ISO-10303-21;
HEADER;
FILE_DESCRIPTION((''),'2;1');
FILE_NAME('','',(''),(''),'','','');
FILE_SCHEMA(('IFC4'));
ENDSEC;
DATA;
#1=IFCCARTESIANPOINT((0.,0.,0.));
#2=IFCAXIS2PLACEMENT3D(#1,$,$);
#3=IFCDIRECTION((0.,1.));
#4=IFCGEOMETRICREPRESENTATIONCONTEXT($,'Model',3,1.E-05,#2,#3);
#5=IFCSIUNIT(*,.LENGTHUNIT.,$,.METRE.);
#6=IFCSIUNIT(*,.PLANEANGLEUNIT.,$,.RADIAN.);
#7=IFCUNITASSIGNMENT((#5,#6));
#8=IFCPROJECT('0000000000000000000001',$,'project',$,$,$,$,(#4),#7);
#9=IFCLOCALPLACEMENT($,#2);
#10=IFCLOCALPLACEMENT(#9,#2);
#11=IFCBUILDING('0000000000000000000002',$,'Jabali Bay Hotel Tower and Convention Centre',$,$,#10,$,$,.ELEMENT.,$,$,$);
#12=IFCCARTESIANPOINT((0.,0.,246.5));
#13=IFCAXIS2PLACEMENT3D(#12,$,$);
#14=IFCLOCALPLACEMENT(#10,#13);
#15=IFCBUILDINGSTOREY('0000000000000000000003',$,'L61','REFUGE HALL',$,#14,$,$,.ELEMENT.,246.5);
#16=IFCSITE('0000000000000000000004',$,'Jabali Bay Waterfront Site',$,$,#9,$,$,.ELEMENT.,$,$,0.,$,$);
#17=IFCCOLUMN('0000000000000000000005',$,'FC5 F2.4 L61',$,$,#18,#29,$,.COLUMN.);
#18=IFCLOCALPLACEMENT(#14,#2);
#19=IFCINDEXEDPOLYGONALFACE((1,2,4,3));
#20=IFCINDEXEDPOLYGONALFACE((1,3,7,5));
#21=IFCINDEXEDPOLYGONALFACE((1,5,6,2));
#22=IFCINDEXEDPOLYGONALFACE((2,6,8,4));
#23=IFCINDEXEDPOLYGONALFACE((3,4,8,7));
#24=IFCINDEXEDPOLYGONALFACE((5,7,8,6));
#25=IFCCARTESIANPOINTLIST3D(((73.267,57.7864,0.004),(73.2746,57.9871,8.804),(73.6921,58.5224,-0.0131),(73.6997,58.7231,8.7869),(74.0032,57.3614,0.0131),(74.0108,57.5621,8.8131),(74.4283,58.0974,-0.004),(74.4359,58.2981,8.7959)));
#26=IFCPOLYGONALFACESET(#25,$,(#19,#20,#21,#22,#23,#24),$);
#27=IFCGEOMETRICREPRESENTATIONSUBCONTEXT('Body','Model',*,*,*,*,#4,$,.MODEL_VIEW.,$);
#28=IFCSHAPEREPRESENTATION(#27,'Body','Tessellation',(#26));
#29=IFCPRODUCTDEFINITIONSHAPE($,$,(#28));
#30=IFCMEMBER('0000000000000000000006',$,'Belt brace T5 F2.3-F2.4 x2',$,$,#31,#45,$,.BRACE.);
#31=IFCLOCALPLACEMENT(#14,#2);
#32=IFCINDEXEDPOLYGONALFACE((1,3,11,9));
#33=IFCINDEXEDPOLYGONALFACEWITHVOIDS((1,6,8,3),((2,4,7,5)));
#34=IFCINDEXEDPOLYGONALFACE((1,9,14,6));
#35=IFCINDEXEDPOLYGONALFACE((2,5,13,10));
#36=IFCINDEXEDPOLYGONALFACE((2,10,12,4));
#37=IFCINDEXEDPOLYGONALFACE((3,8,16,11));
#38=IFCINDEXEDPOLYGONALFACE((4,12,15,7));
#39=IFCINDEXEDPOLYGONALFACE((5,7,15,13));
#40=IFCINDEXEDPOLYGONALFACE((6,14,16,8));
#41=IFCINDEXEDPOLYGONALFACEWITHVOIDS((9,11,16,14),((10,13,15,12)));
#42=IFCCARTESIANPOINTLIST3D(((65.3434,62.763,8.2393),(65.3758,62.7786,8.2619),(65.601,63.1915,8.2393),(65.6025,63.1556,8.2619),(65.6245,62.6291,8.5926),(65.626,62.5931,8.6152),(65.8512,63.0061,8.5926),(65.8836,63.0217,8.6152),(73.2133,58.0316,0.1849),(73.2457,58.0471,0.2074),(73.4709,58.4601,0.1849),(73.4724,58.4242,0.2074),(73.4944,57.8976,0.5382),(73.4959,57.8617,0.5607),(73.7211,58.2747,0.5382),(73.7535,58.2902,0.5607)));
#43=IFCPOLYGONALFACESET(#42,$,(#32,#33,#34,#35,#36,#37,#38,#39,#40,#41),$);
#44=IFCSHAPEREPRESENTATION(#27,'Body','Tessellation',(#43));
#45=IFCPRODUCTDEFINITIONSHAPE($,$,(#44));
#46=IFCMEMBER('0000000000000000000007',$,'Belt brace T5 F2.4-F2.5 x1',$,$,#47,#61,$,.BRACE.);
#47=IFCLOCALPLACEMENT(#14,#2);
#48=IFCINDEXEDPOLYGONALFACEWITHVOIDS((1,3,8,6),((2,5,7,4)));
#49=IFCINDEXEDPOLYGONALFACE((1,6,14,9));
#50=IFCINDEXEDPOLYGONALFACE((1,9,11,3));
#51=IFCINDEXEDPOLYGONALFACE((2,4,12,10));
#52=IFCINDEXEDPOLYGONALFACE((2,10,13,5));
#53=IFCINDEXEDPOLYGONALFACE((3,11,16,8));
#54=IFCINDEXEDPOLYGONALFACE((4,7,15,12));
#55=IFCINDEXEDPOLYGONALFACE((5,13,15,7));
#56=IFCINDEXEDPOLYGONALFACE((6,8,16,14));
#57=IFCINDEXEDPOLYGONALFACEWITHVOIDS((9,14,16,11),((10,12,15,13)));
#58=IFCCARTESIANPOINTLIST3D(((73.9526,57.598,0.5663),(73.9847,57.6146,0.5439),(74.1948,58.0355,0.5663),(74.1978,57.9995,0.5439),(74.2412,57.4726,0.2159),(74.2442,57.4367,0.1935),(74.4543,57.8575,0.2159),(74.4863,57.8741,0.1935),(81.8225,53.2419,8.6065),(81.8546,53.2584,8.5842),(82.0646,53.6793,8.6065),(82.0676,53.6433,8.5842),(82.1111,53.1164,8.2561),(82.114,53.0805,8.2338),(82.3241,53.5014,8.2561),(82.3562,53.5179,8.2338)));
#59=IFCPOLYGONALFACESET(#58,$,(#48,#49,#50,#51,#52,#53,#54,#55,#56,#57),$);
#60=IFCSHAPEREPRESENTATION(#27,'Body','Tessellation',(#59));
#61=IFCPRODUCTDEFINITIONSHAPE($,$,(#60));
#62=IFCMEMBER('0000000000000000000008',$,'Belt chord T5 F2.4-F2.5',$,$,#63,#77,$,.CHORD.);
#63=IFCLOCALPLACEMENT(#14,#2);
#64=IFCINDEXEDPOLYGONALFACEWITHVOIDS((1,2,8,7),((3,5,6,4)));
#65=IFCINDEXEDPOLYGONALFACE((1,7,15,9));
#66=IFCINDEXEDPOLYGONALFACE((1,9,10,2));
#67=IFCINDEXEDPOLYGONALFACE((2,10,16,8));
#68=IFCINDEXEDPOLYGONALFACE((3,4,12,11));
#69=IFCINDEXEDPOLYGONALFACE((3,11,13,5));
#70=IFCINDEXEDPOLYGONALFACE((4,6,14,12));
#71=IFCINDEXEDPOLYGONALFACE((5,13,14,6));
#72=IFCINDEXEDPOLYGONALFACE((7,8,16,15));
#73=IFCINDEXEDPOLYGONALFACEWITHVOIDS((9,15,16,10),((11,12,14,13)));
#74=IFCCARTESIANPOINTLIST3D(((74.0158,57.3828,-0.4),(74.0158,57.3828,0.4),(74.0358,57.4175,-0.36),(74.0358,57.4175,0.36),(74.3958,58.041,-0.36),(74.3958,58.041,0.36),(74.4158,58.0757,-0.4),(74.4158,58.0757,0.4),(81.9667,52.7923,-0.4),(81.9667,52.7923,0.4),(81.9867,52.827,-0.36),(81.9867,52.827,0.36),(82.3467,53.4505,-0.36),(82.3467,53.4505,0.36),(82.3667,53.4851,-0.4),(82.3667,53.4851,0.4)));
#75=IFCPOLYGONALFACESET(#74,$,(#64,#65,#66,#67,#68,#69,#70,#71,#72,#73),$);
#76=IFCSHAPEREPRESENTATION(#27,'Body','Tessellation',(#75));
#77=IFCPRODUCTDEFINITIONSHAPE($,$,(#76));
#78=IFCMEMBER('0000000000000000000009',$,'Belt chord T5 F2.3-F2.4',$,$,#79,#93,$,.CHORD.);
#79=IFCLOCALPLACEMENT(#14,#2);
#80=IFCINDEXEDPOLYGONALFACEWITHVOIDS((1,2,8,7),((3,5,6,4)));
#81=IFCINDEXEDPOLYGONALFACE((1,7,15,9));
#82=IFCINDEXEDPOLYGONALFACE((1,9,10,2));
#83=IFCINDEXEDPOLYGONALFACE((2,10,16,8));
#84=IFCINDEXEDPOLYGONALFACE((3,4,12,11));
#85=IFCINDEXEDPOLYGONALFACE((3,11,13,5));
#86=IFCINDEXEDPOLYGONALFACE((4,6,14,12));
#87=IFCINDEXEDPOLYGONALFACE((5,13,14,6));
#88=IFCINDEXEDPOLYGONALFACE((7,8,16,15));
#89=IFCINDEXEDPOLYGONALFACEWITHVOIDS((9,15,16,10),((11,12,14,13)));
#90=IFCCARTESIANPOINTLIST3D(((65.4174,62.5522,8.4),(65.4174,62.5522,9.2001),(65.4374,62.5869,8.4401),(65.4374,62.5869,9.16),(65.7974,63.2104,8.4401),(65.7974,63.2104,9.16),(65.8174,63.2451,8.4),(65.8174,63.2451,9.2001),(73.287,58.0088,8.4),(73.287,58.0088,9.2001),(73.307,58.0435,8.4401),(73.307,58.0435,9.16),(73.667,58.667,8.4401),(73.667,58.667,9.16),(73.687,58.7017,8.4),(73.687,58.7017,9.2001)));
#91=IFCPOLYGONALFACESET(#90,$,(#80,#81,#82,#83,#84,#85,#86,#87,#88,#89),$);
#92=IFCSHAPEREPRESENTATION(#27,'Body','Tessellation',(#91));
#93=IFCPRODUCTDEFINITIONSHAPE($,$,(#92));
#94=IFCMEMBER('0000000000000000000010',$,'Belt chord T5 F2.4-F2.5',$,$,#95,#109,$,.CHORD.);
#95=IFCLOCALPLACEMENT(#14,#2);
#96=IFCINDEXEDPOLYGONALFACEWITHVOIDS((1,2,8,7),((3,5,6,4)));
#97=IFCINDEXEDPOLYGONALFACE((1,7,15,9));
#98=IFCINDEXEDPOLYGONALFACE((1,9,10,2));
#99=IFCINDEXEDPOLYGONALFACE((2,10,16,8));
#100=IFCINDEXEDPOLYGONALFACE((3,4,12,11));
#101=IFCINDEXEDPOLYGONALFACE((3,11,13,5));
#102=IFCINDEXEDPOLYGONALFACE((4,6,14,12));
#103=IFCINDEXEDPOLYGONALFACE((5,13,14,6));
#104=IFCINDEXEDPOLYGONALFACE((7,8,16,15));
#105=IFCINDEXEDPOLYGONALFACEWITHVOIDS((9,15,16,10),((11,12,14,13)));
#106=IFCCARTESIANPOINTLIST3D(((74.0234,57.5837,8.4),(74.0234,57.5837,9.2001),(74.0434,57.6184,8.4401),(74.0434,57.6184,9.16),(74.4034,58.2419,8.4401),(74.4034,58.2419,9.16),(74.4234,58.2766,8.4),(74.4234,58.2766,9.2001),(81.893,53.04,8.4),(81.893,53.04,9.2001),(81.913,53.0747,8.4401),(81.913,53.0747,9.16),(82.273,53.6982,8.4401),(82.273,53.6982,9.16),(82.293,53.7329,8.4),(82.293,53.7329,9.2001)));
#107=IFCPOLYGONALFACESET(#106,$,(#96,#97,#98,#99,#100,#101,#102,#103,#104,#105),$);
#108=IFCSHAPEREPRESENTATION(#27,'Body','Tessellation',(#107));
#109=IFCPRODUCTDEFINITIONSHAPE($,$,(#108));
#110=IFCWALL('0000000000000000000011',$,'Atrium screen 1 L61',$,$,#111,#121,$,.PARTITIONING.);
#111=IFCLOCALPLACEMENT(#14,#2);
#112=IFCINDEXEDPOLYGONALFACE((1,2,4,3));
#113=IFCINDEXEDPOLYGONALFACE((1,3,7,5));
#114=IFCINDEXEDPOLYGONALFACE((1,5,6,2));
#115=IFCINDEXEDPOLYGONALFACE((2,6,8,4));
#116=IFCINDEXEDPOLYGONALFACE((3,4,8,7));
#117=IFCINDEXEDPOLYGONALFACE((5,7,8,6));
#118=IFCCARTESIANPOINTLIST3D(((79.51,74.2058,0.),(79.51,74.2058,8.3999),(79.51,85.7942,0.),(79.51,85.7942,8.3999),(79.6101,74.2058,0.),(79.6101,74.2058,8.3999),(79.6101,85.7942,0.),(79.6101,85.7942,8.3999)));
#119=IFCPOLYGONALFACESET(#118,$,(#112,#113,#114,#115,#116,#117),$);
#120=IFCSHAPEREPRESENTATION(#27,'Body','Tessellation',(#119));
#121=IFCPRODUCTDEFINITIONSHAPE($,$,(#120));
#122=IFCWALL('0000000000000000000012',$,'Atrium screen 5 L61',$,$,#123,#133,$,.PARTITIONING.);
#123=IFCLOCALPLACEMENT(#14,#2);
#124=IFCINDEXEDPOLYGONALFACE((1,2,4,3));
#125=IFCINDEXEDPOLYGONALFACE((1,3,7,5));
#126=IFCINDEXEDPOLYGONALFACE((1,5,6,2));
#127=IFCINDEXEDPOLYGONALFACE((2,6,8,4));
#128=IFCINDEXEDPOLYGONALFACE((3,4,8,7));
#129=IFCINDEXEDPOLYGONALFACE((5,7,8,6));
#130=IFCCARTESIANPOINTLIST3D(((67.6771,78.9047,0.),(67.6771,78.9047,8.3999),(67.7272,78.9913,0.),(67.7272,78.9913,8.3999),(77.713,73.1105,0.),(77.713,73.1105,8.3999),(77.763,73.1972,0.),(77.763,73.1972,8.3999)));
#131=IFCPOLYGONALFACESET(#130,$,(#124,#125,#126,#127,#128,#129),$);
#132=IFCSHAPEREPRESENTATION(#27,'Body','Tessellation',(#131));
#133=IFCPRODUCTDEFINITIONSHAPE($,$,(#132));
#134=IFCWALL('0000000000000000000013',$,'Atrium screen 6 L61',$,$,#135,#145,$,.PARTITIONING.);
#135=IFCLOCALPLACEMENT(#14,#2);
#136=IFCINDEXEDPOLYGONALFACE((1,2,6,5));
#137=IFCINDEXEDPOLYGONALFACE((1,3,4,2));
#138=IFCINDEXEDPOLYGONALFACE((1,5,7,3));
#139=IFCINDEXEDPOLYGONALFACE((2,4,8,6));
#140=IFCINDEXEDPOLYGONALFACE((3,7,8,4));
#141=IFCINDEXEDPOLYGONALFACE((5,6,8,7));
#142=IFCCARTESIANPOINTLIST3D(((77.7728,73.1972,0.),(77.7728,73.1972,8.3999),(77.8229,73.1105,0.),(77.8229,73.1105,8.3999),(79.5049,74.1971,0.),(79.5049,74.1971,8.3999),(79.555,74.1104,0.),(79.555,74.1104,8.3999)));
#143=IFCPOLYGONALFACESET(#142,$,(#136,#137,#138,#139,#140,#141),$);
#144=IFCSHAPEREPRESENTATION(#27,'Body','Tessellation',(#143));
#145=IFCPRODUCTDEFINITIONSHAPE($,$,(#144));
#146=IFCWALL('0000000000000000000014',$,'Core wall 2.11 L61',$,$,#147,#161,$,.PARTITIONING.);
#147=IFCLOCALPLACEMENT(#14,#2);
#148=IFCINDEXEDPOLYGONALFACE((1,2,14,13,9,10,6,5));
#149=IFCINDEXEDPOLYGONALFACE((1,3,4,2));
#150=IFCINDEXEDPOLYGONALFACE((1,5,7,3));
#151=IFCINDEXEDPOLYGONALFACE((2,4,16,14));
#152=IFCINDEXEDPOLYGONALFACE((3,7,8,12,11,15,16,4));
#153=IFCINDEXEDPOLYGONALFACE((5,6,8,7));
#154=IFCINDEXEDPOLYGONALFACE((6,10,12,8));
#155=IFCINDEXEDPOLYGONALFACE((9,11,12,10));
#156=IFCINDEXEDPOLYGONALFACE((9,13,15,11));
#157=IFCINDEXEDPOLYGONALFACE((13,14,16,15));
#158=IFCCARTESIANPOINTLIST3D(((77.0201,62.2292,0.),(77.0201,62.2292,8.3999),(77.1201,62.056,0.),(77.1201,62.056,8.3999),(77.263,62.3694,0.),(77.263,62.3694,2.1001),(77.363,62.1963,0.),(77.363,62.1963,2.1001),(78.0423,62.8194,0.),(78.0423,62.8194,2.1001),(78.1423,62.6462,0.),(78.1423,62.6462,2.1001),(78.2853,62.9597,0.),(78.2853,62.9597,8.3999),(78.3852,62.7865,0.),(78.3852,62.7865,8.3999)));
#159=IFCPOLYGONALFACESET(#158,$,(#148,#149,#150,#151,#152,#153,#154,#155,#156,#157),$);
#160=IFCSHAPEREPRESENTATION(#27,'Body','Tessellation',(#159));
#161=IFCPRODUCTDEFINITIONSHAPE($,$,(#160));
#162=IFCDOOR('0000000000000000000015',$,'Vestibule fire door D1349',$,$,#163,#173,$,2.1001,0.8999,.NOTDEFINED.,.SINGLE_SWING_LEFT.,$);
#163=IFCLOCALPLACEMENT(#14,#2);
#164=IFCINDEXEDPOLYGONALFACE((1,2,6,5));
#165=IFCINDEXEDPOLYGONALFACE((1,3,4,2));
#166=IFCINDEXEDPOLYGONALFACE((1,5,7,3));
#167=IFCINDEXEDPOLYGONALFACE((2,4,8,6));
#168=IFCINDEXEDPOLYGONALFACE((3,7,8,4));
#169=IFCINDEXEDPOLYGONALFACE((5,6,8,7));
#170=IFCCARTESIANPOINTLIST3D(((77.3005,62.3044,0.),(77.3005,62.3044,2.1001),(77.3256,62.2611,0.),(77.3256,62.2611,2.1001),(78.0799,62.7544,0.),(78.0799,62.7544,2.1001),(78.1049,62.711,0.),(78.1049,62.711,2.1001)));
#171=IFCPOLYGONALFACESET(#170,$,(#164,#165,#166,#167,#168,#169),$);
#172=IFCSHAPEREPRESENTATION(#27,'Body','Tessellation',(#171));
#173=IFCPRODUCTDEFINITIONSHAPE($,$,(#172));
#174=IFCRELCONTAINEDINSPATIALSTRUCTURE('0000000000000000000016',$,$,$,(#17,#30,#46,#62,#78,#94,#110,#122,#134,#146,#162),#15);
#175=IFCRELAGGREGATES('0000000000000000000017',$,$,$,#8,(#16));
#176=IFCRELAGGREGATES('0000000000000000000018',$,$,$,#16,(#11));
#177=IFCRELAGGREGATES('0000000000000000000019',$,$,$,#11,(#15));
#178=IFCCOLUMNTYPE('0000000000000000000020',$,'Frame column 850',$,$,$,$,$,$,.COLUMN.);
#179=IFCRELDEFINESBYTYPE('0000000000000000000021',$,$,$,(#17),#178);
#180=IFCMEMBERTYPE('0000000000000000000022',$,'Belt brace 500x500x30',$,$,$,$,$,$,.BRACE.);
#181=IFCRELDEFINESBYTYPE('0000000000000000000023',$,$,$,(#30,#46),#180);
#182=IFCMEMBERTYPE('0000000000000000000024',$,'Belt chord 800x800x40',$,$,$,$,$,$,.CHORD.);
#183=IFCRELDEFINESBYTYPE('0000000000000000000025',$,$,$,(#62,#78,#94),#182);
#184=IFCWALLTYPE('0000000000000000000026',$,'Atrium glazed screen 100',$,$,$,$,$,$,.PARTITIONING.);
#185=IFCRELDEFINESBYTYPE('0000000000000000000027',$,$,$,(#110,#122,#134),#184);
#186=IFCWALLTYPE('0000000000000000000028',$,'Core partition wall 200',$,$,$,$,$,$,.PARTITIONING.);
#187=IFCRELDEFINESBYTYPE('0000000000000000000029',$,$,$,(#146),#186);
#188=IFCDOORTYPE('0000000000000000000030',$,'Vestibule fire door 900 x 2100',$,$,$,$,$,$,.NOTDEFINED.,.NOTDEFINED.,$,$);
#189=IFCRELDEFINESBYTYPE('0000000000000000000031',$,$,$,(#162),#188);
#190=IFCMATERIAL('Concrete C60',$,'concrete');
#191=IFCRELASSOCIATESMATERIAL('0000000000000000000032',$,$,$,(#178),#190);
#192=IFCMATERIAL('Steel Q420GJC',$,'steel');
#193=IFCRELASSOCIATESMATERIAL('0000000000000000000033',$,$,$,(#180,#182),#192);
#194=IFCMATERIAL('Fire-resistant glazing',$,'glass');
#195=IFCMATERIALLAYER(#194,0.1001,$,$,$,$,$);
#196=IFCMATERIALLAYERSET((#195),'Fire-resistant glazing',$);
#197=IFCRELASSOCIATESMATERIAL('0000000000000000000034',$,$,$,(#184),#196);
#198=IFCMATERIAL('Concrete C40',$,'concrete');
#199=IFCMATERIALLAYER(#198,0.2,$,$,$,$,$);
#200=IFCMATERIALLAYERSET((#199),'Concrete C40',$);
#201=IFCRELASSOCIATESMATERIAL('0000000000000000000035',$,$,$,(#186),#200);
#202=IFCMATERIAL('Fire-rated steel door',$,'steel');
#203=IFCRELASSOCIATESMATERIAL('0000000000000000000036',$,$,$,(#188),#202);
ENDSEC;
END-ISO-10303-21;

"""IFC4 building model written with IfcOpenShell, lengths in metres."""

from ifc_helpers import new_model, si_unit, direction, frame, frame_2d, origin, origin_2d, place, context, subcontext, project, spatial, rectangle, hollow_rectangle, extrude, material, layer, layer_set, material_profile, profile_set, type_object, element, fill, save


model = new_model("IFC4")

# Units and contexts
model_context = context("Model", 3, precision=1e-05, world=origin(), true_north=direction((0.0, 1.0)))
body_context = subcontext(model_context, "Body", "Model", "MODEL_VIEW")
ifc_project = project(units=[si_unit("LENGTHUNIT", "METRE"), si_unit("PLANEANGLEUNIT", "RADIAN")], contexts=[model_context])

# Site, building, storey
site_placement = place(None, origin())
site = spatial("IfcSite", under=ifc_project, at=site_placement, Name="Jabali Bay Waterfront Site", CompositionType="ELEMENT", RefElevation=0.0)
building_placement = place(site_placement, origin())
building = spatial("IfcBuilding", under=site, at=building_placement, Name="Jabali Bay Hotel Tower and Convention Centre", CompositionType="ELEMENT")
storey_placement = place(building_placement, frame((0.0, 0.0, 246.5)))
storey = spatial("IfcBuildingStorey", under=building, at=storey_placement, Name="L61", Description="REFUGE HALL", CompositionType="ELEMENT", Elevation=246.5)

# Column
ifc_material_1 = material(Name="Concrete C60", Category="concrete")
ifc_material_profile_1 = material_profile(ifc_material_1, rectangle(XDim=0.8501, YDim=0.8501, at=origin_2d()), Name="Frame column 850")
ifc_profile_set_1 = profile_set([ifc_material_profile_1], Name="Concrete C60")
column_type = type_object("IfcColumnType", Name="Frame column 850", PredefinedType="COLUMN", material=ifc_profile_set_1)
column_placement = place(storey_placement, frame((73.8477, 57.9419, 0.0), z_axis=(0.00086, 0.022799, 0.99974), x_axis=(-0.500065, -0.865753, 0.020173)))
element("IfcColumn", 1, at=column_placement, inside=storey, type_object=column_type, Name="FC5 F2.4 L61", PredefinedType="COLUMN", context=body_context, shape_type="SweptSolid", body=[
    extrude(rectangle(XDim=0.8501, YDim=0.8501, at=origin_2d()), origin(), (0.0, 0.0, 1.0), 8.8022),
])

# Members
ifc_material_2 = material(Name="Steel Q420GJC", Category="steel")
ifc_material_profile_2 = material_profile(ifc_material_2, hollow_rectangle(XDim=0.5, YDim=0.5, WallThickness=0.03, at=origin_2d()), Name="Belt brace 500x500x30")
ifc_profile_set_2 = profile_set([ifc_material_profile_2], Name="Steel Q420GJC")
member_type_1 = type_object("IfcMemberType", Name="Belt brace 500x500x30", PredefinedType="BRACE", material=ifc_profile_set_2)
member_1_placement = place(storey_placement, frame((73.4834, 58.1609, 0.3728), z_axis=(-0.644302, 0.387361, 0.659413), x_axis=(-0.515258, -0.857035, 0.0)))
element("IfcMember", 2, at=member_1_placement, inside=storey, type_object=member_type_1, Name="Belt brace T5 F2.3-F2.4 x2", PredefinedType="BRACE", context=body_context, shape_type="SweptSolid", body=[
    extrude(hollow_rectangle(XDim=0.5, YDim=0.5, WallThickness=0.03, at=origin_2d()), origin(), (0.0, 0.0, 1.0), 12.2146),
])
member_2_placement = place(storey_placement, frame((74.2195, 57.7361, 0.3799), z_axis=(0.652304, -0.361069, 0.666429), x_axis=(0.484287, 0.874909, 0.0)))
element("IfcMember", 3, at=member_2_placement, inside=storey, type_object=member_type_1, Name="Belt brace T5 F2.4-F2.5 x1", PredefinedType="BRACE", context=body_context, shape_type="SweptSolid", body=[
    extrude(hollow_rectangle(XDim=0.5, YDim=0.5, WallThickness=0.03, at=origin_2d()), origin(), (0.0, 0.0, 1.0), 12.0647),
])
ifc_material_profile_3 = material_profile(ifc_material_2, hollow_rectangle(XDim=0.8, YDim=0.8, WallThickness=0.04, at=origin_2d()), Name="Belt chord 800x800x40")
ifc_profile_set_3 = profile_set([ifc_material_profile_3], Name="Steel Q420GJC")
member_type_2 = type_object("IfcMemberType", Name="Belt chord 800x800x40", PredefinedType="CHORD", material=ifc_profile_set_3)
member_3_placement = place(storey_placement, frame((74.2158, 57.7292, 0.0), z_axis=(0.86602, -0.500009, 0.0), x_axis=(0.500009, 0.86602, 0.0)))
element("IfcMember", 4, at=member_3_placement, inside=storey, type_object=member_type_2, Name="Belt chord T5 F2.4-F2.5", PredefinedType="CHORD", context=body_context, shape_type="SweptSolid", body=[
    extrude(hollow_rectangle(XDim=0.8, YDim=0.8, WallThickness=0.04, at=origin_2d()), origin(), (0.0, 0.0, 1.0), 9.1809),
])
member_4_placement = place(storey_placement, frame((65.6174, 62.8987, 8.8), z_axis=(0.866029, -0.499994, 0.0), x_axis=(0.499994, 0.866029, 0.0)))
element("IfcMember", 5, at=member_4_placement, inside=storey, type_object=member_type_2, Name="Belt chord T5 F2.3-F2.4", PredefinedType="CHORD", context=body_context, shape_type="SweptSolid", body=[
    extrude(hollow_rectangle(XDim=0.8, YDim=0.8, WallThickness=0.04, at=origin_2d()), origin(), (0.0, 0.0, 1.0), 9.0869),
])
member_5_placement = place(storey_placement, frame((74.2234, 57.9302, 8.8), z_axis=(0.866017, -0.500014, 0.0), x_axis=(0.500014, 0.866017, 0.0)))
element("IfcMember", 6, at=member_5_placement, inside=storey, type_object=member_type_2, Name="Belt chord T5 F2.4-F2.5", PredefinedType="CHORD", context=body_context, shape_type="SweptSolid", body=[
    extrude(hollow_rectangle(XDim=0.8, YDim=0.8, WallThickness=0.04, at=origin_2d()), origin(), (0.0, 0.0, 1.0), 9.0872),
])

# Walls
ifc_material_3 = material(Name="Fire-resistant glazing", Category="glass")
ifc_layer_1 = layer(ifc_material_3, 0.1001)
ifc_layer_set_1 = layer_set([ifc_layer_1], Name="Fire-resistant glazing")
wall_type_1 = type_object("IfcWallType", Name="Atrium glazed screen 100", PredefinedType="PARTITIONING", material=ifc_layer_set_1)
for number, where, z_axis, x_axis, name in (
    (7, (79.5601, 74.2058, 0.0), (0.0, 0.0, 1.0), (0.0, 1.0, 0.0), "Atrium screen 1 L61"),
    (8, (67.7021, 78.948, 0.0), (0.0, 0.0, 1.0), (0.866027, -0.499998, 0.0), "Atrium screen 5 L61"),
):
    element("IfcWall", number, at=place(storey_placement, frame(where, z_axis=z_axis, x_axis=x_axis)), inside=storey, type_object=wall_type_1, Name=name, PredefinedType="PARTITIONING", context=body_context, shape_type="SweptSolid", body=[
        extrude(rectangle(XDim=11.5884, YDim=0.1001, at=frame_2d((5.7942, 0.0))), origin(), (0.0, 0.0, 1.0), 8.3999),
    ])
wall_1_placement = place(storey_placement, frame((77.7979, 73.1538, 0.0), z_axis=(0.0, 0.0, 1.0), x_axis=(0.866041, 0.499973, 0.0)))
element("IfcWall", 9, at=wall_1_placement, inside=storey, type_object=wall_type_1, Name="Atrium screen 6 L61", PredefinedType="PARTITIONING", context=body_context, shape_type="SweptSolid", body=[
    extrude(rectangle(XDim=2.0, YDim=0.1001, at=frame_2d((1.0, 0.0))), origin(), (0.0, 0.0, 1.0), 8.3999),
])

# Wall, opening, door
ifc_material_4 = material(Name="Concrete C40", Category="concrete")
ifc_layer_2 = layer(ifc_material_4, 0.2)
ifc_layer_set_2 = layer_set([ifc_layer_2], Name="Concrete C40")
wall_type_2 = type_object("IfcWallType", Name="Core partition wall 200", PredefinedType="PARTITIONING", material=ifc_layer_set_2)
wall_2_placement = place(storey_placement, frame((77.0701, 62.1426, 0.0), z_axis=(0.0, 0.0, 1.0), x_axis=(0.866013, 0.500021, 0.0)))
wall_2 = element("IfcWall", 10, at=wall_2_placement, inside=storey, type_object=wall_type_2, Name="Core wall 2.11 L61", PredefinedType="PARTITIONING", context=body_context, shape_type="SweptSolid", body=[
    extrude(rectangle(XDim=1.4609, YDim=0.2, at=frame_2d((0.7305, 0.0))), origin(), (0.0, 0.0, 1.0), 8.3999),
])
opening_1_placement = place(wall_2_placement, frame((0.2805, 0.0, 0.0)))
opening_1 = element("IfcOpeningElement", 11, at=opening_1_placement, cuts=wall_2, PredefinedType="OPENING", context=body_context, shape_type="SweptSolid", body=[
    extrude(rectangle(XDim=0.8999, YDim=2.1001, at=frame_2d((0.45, 1.05))), frame((0.0, 0.1104, 0.0), z_axis=(0.0, -1.0, 0.0), x_axis=(1.0, 0.0, 0.0)), (0.0, 0.0, 1.0), 0.2209),
])
ifc_material_5 = material(Name="Fire-rated steel door", Category="steel")
door_type_1 = type_object("IfcDoorType", Name="Vestibule fire door 900 x 2100", OperationType="NOTDEFINED", PredefinedType="NOTDEFINED", material=ifc_material_5)
door_1_placement = place(opening_1_placement, origin())
door_1 = element("IfcDoor", 12, at=door_1_placement, inside=storey, type_object=door_type_1, Name="Vestibule fire door D1349", OperationType="SINGLE_SWING_LEFT", OverallHeight=2.1001, OverallWidth=0.8999, PredefinedType="NOTDEFINED", context=body_context, shape_type="SweptSolid", body=[
    extrude(rectangle(XDim=0.8999, YDim=2.1001, at=frame_2d((0.45, 1.05))), frame((0.0, 0.0249, 0.0), z_axis=(0.0, -1.0, 0.0), x_axis=(1.0, 0.0, 0.0)), (0.0, 0.0, 1.0), 0.05),
])
fill(opening_1, door_1)

save(model, "model.ifc")
